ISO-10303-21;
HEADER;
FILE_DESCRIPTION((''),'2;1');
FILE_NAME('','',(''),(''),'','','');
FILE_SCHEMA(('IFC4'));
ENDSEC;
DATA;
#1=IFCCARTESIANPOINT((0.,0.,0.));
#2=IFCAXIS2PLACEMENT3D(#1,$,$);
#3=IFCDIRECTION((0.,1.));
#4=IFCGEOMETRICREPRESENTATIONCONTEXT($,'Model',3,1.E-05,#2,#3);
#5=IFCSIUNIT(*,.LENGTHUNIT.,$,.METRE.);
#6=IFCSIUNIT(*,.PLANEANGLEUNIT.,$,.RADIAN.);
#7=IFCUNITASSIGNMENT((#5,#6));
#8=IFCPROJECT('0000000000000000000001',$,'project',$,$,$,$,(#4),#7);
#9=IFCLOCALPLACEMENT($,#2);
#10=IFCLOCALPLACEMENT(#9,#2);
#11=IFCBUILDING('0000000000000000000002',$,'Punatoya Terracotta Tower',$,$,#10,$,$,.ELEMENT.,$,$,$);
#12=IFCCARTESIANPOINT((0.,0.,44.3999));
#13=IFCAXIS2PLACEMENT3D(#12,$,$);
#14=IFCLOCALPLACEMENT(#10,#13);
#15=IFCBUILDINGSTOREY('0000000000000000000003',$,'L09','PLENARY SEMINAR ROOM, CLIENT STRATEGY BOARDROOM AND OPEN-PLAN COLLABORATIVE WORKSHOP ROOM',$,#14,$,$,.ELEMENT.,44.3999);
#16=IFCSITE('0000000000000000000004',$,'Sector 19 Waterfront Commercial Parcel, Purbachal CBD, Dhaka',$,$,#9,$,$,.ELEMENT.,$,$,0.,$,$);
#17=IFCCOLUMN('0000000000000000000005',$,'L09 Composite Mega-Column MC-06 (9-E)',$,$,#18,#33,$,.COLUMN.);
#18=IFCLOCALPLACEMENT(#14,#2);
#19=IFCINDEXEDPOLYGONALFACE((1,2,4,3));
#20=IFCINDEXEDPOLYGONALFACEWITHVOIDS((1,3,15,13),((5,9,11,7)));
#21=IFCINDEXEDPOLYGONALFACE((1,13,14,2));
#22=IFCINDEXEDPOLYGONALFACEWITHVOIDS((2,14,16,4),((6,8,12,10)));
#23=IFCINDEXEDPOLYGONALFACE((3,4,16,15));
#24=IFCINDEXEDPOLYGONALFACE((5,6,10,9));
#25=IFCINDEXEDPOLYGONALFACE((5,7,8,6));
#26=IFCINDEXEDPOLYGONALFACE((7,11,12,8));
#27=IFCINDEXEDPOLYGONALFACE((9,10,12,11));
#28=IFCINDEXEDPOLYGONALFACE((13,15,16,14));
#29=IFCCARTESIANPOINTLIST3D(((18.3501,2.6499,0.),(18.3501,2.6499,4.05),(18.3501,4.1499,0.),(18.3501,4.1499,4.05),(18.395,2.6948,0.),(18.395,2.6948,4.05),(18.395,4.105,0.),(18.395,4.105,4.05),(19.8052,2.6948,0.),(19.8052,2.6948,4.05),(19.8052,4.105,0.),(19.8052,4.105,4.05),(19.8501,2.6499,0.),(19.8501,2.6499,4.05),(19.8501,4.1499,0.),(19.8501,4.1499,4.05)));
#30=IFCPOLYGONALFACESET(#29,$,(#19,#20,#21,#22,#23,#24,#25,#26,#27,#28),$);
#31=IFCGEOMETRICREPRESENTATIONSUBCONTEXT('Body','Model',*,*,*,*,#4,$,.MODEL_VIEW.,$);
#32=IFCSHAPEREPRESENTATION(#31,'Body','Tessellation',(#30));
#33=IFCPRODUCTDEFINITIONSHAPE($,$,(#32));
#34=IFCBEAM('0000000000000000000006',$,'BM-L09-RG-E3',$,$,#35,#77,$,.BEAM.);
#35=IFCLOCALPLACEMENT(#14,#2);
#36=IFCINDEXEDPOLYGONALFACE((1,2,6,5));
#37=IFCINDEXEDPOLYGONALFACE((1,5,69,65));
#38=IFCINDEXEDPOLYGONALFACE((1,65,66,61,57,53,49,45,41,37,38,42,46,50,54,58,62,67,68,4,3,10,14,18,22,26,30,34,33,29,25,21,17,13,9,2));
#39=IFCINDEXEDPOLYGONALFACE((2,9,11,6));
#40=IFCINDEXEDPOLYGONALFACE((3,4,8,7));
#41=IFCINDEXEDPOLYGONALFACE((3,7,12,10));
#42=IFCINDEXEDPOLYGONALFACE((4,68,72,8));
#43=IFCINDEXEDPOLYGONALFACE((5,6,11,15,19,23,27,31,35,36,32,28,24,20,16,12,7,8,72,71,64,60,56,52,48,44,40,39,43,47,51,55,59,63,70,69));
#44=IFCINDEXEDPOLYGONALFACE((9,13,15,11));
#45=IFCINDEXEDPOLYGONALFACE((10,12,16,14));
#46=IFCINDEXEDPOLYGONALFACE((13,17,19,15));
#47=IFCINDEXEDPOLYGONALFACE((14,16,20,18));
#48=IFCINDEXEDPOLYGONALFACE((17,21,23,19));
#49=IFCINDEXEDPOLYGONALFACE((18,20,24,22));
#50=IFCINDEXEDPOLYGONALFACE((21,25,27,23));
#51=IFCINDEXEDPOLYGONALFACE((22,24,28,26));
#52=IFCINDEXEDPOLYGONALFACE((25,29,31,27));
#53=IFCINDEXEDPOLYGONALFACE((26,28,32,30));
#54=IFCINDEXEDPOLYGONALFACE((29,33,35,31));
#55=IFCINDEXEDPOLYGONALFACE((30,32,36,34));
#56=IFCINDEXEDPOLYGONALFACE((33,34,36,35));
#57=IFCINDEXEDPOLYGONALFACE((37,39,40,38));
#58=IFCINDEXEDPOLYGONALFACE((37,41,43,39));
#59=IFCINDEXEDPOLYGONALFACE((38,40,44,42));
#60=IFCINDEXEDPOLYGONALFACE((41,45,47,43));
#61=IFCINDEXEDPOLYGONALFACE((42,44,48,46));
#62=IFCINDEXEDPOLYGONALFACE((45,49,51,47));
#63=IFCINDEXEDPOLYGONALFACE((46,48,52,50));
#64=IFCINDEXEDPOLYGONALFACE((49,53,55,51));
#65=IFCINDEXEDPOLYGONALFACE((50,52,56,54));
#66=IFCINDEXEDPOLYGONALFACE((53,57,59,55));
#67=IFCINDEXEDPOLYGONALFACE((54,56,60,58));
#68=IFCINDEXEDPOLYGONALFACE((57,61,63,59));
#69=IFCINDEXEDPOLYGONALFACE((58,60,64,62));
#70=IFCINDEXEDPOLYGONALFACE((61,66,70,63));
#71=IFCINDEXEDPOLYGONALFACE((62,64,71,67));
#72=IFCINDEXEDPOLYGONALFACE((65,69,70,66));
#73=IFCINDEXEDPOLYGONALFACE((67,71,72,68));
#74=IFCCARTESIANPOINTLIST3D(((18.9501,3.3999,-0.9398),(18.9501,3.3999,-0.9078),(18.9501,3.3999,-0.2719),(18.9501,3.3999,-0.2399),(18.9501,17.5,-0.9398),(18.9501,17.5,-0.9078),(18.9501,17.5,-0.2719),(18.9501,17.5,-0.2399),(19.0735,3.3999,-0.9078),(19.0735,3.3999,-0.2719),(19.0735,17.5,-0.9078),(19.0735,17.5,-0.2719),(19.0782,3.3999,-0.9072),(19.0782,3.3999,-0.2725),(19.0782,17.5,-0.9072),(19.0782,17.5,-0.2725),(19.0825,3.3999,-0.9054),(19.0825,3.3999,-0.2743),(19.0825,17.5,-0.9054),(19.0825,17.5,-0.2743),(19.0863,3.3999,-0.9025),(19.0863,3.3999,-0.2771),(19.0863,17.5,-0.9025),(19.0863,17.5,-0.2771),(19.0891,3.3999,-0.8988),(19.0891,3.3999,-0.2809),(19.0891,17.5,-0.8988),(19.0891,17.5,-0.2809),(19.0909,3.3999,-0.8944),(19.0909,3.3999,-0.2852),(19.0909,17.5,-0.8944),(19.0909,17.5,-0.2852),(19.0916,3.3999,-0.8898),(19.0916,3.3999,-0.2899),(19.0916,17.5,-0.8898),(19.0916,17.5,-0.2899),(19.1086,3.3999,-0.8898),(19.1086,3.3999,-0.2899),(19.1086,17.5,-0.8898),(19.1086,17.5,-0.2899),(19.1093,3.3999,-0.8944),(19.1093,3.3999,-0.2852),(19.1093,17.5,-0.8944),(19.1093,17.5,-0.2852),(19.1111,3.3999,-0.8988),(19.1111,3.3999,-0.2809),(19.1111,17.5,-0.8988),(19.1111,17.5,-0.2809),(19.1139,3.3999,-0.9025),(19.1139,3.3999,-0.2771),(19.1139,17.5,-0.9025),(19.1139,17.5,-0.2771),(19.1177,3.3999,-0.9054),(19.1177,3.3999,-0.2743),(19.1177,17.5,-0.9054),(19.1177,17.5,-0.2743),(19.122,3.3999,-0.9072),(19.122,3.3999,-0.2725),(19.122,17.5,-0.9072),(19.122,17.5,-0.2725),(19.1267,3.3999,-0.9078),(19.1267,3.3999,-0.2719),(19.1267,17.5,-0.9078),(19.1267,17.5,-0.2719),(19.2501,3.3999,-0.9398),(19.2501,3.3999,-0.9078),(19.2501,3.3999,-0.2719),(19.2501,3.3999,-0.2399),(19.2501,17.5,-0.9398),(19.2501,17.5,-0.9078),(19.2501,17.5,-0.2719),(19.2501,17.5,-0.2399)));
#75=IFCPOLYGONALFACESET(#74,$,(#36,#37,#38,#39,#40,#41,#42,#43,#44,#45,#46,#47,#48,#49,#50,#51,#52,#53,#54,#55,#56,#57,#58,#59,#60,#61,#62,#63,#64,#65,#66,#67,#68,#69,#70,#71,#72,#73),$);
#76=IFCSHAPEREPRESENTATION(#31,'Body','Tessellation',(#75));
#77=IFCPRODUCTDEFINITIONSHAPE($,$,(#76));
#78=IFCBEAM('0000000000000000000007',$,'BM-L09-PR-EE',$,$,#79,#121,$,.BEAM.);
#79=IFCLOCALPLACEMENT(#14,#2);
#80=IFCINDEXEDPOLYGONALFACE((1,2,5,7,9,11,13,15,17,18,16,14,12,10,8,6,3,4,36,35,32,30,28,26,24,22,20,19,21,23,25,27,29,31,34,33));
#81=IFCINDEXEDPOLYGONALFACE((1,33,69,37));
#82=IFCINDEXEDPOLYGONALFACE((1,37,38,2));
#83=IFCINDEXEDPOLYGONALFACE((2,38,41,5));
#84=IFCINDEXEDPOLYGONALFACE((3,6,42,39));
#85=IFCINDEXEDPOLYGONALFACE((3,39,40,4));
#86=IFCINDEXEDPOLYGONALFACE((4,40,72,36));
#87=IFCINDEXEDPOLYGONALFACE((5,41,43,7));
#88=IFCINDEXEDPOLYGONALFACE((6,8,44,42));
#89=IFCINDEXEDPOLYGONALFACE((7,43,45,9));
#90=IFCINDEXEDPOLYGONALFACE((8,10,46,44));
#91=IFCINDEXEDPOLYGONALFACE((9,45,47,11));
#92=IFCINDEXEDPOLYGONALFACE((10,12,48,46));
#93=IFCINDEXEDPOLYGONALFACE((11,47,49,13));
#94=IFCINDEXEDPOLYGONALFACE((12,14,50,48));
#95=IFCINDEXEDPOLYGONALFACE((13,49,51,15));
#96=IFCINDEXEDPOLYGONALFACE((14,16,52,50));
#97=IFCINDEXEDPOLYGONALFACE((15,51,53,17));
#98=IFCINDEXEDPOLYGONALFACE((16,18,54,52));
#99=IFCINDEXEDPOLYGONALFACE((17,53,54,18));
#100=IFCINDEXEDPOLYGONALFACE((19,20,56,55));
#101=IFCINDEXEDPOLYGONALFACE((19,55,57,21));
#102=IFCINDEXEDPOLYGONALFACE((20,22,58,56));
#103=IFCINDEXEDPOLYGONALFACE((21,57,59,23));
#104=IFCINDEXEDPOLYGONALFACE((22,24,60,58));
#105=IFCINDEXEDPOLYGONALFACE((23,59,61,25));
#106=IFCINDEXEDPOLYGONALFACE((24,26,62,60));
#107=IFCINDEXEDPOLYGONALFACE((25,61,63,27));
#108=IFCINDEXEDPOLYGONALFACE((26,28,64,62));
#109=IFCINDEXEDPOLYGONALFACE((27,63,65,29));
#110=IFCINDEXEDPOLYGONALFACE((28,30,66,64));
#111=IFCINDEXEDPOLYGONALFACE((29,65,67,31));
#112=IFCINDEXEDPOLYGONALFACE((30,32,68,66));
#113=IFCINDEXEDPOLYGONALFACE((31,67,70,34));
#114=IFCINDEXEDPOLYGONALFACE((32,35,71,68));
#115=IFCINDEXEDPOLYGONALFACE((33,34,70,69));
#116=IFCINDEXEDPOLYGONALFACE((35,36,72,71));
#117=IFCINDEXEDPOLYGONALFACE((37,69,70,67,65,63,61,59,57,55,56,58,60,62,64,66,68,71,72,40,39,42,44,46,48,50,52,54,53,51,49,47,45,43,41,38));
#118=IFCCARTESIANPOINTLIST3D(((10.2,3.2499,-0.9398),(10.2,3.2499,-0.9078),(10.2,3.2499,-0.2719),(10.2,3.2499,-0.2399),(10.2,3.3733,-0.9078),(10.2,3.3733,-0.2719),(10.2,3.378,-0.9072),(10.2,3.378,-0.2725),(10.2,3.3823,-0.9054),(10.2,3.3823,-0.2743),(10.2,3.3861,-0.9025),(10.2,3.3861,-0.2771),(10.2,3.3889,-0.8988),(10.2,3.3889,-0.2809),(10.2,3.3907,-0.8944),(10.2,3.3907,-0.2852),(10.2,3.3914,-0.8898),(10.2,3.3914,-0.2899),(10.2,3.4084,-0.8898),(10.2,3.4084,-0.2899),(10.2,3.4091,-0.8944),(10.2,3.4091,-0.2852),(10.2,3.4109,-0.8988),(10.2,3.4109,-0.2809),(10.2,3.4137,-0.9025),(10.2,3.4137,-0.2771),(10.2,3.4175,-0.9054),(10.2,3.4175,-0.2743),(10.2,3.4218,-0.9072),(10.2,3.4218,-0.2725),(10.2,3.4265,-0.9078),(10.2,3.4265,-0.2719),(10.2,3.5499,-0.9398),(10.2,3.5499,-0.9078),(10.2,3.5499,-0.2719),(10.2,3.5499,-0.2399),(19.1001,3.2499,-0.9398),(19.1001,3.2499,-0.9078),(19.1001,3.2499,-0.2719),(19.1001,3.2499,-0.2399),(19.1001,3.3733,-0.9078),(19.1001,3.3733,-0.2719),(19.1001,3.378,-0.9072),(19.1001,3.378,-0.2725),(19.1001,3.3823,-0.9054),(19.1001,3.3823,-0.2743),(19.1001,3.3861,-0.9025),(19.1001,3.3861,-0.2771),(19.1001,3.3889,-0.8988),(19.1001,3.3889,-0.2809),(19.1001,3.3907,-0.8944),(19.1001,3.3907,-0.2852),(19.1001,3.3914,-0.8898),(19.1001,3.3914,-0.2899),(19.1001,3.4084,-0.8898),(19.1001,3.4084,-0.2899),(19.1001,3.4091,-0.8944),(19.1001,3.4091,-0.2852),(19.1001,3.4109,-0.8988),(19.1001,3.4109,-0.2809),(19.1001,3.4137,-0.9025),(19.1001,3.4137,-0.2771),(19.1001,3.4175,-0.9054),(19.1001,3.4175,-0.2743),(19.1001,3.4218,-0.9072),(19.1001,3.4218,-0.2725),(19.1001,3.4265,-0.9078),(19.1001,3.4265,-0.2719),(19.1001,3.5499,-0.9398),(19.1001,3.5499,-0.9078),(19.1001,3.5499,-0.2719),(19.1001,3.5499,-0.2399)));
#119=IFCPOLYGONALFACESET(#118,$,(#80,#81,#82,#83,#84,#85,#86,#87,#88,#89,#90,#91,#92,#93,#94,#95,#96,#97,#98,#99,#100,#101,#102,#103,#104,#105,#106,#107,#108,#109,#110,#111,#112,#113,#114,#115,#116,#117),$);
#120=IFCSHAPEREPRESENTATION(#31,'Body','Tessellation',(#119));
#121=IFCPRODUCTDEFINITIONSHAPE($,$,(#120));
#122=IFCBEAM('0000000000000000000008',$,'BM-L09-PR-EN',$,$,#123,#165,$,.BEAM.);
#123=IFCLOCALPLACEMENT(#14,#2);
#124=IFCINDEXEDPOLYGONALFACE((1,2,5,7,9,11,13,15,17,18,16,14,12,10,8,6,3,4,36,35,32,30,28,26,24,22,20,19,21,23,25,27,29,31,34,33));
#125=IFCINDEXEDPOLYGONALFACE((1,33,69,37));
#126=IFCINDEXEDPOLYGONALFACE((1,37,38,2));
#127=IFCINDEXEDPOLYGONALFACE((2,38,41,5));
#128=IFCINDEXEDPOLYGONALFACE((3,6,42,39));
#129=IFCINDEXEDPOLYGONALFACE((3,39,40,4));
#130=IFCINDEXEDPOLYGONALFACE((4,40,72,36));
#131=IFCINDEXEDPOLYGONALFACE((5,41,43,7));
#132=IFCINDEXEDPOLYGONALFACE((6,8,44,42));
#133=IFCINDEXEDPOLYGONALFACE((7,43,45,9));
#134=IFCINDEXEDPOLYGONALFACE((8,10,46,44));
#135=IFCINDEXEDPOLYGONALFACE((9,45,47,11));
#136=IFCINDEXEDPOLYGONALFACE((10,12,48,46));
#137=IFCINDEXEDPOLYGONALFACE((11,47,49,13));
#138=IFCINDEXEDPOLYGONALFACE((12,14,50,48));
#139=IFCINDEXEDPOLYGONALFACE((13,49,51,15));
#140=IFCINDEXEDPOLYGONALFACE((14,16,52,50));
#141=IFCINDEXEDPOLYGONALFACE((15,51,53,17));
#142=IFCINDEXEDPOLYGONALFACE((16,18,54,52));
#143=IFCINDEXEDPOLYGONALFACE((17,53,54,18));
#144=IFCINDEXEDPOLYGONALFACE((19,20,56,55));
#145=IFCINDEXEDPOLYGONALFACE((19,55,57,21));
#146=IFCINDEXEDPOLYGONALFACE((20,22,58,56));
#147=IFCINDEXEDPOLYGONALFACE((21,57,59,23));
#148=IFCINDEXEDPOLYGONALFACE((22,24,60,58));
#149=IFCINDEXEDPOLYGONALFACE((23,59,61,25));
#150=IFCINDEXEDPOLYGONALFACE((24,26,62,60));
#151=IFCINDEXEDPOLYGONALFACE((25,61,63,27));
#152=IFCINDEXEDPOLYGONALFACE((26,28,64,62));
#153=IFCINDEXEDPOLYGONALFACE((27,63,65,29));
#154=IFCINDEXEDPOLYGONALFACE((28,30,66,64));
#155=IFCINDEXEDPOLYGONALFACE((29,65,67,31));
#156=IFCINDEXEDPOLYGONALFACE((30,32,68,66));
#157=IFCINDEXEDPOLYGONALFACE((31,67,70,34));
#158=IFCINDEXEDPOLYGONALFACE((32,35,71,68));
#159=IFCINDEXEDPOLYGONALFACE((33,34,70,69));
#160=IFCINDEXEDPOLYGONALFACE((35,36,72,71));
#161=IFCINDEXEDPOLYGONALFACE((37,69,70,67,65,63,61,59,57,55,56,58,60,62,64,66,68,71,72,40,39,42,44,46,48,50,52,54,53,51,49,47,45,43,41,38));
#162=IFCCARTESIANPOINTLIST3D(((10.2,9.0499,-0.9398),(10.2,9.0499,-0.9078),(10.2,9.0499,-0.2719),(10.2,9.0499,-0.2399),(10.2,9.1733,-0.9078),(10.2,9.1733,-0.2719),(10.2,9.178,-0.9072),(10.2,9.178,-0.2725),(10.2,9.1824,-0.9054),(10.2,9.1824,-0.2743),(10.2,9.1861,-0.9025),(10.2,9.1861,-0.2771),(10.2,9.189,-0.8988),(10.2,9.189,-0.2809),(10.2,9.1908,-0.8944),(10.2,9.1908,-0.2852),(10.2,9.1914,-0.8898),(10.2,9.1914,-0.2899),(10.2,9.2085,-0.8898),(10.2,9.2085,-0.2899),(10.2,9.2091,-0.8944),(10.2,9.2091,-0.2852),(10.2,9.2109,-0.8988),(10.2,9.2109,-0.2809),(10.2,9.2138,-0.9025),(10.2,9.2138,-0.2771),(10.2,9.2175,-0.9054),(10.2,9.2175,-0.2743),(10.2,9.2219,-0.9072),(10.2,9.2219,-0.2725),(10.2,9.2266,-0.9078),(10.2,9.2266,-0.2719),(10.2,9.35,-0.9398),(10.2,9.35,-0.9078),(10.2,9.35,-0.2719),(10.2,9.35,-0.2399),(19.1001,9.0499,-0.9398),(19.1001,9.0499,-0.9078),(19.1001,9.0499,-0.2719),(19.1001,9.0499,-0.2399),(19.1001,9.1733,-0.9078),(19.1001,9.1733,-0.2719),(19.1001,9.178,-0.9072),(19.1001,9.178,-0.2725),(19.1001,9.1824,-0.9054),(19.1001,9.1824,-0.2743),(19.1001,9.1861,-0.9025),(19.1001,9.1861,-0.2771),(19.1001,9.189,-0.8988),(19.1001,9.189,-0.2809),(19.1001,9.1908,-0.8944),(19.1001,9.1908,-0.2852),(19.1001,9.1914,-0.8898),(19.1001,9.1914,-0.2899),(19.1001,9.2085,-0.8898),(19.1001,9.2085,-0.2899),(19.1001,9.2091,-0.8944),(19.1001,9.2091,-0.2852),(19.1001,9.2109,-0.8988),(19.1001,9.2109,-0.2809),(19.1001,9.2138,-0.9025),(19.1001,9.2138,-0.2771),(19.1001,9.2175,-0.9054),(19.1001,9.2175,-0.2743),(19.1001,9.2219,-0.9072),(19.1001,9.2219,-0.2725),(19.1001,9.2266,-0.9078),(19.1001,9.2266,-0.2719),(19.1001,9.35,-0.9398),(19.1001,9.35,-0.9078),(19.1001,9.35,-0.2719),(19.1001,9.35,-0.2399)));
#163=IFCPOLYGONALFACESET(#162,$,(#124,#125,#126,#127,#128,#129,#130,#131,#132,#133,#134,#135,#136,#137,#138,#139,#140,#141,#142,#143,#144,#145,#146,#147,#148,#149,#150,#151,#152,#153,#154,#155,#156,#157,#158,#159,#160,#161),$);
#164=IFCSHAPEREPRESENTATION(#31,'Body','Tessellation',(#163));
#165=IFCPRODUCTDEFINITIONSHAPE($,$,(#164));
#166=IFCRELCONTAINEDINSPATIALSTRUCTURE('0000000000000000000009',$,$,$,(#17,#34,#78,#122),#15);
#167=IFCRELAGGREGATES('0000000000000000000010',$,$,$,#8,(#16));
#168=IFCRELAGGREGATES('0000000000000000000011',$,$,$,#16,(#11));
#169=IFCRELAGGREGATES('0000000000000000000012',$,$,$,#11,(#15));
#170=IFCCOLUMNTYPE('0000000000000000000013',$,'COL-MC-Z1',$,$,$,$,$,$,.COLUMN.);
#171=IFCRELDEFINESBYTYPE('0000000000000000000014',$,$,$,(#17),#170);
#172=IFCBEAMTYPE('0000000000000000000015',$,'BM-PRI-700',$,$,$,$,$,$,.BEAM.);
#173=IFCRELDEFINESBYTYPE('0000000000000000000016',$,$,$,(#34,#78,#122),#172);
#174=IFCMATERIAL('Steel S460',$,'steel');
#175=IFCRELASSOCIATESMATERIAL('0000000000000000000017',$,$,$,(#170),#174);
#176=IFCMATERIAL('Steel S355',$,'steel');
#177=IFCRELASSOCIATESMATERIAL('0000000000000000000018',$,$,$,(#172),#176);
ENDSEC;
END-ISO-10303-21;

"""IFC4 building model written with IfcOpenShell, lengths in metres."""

from ifc_helpers import new_model, si_unit, direction, frame, origin, origin_2d, place, context, subcontext, project, spatial, hollow_rectangle, i_section, extrude, material, material_profile, profile_set, type_object, element, save


model = new_model("IFC4")

# Units and contexts
model_context = context("Model", 3, precision=1e-05, world=origin(), true_north=direction((0.0, 1.0)))
body_context = subcontext(model_context, "Body", "Model", "MODEL_VIEW")
ifc_project = project(units=[si_unit("LENGTHUNIT", "METRE"), si_unit("PLANEANGLEUNIT", "RADIAN")], contexts=[model_context])

# Site, building, storey
site_placement = place(None, origin())
site = spatial("IfcSite", under=ifc_project, at=site_placement, Name="Sector 19 Waterfront Commercial Parcel, Purbachal CBD, Dhaka", CompositionType="ELEMENT", RefElevation=0.0)
building_placement = place(site_placement, origin())
building = spatial("IfcBuilding", under=site, at=building_placement, Name="Punatoya Terracotta Tower", CompositionType="ELEMENT")
storey_placement = place(building_placement, frame((0.0, 0.0, 44.3999)))
storey = spatial("IfcBuildingStorey", under=building, at=storey_placement, Name="L09", Description="PLENARY SEMINAR ROOM, CLIENT STRATEGY BOARDROOM AND OPEN-PLAN COLLABORATIVE WORKSHOP ROOM", CompositionType="ELEMENT", Elevation=44.3999)

# Column
ifc_material_1 = material(Name="Steel S460", Category="steel")
ifc_material_profile_1 = material_profile(ifc_material_1, hollow_rectangle(XDim=1.5, YDim=1.5, WallThickness=0.0449, at=origin_2d()))
ifc_profile_set_1 = profile_set([ifc_material_profile_1], Name="Steel S460")
column_type = type_object("IfcColumnType", Name="COL-MC-Z1", PredefinedType="COLUMN", material=ifc_profile_set_1)
column_placement = place(storey_placement, frame((19.1001, 3.3999, 0.0), z_axis=(0.0, 0.0, 1.0), x_axis=(1.0, 0.0, 0.0)))
element("IfcColumn", 1, at=column_placement, inside=storey, type_object=column_type, Name="L09 Composite Mega-Column MC-06 (9-E)", PredefinedType="COLUMN", context=body_context, shape_type="SweptSolid", body=[
    extrude(hollow_rectangle(XDim=1.5, YDim=1.5, WallThickness=0.0449, at=origin_2d()), origin(), (0.0, 0.0, 1.0), 4.05),
])

# Beams
ifc_material_2 = material(Name="Steel S355", Category="steel")
ifc_material_profile_2 = material_profile(ifc_material_2, i_section(OverallWidth=0.3, OverallDepth=0.7, WebThickness=0.0171, FlangeThickness=0.032, FilletRadius=0.0181, at=origin_2d()))
ifc_profile_set_2 = profile_set([ifc_material_profile_2], Name="Steel S355")
beam_type_1 = type_object("IfcBeamType", Name="BM-PRI-700", PredefinedType="BEAM", material=ifc_profile_set_2)
beam_1_placement = place(storey_placement, frame((19.1001, 3.3999, -0.5898), z_axis=(0.0, 1.0, 0.0), x_axis=(-1.0, 0.0, 0.0)))
element("IfcBeam", 2, at=beam_1_placement, inside=storey, type_object=beam_type_1, Name="BM-L09-RG-E3", PredefinedType="BEAM", context=body_context, shape_type="SweptSolid", body=[
    extrude(i_section(OverallWidth=0.3, OverallDepth=0.7, WebThickness=0.0171, FlangeThickness=0.032, FilletRadius=0.0181, at=origin_2d()), origin(), (0.0, 0.0, 1.0), 14.1001),
])
for number, where, z_axis, x_axis, name in (
    (3, (10.2, 3.3999, -0.5898), (1.0, 0.0, 0.0), (0.0, 1.0, 0.0), "BM-L09-PR-EE"),
    (4, (10.2, 9.2, -0.5898), (1.0, 0.0, 0.0), (0.0, 1.0, 0.0), "BM-L09-PR-EN"),
):
    element("IfcBeam", number, at=place(storey_placement, frame(where, z_axis=z_axis, x_axis=x_axis)), inside=storey, type_object=beam_type_1, Name=name, PredefinedType="BEAM", context=body_context, shape_type="SweptSolid", body=[
        extrude(i_section(OverallWidth=0.3, OverallDepth=0.7, WebThickness=0.0171, FlangeThickness=0.032, FilletRadius=0.0181, at=origin_2d()), origin(), (0.0, 0.0, 1.0), 8.9001),
    ])

save(model, "model.ifc")
